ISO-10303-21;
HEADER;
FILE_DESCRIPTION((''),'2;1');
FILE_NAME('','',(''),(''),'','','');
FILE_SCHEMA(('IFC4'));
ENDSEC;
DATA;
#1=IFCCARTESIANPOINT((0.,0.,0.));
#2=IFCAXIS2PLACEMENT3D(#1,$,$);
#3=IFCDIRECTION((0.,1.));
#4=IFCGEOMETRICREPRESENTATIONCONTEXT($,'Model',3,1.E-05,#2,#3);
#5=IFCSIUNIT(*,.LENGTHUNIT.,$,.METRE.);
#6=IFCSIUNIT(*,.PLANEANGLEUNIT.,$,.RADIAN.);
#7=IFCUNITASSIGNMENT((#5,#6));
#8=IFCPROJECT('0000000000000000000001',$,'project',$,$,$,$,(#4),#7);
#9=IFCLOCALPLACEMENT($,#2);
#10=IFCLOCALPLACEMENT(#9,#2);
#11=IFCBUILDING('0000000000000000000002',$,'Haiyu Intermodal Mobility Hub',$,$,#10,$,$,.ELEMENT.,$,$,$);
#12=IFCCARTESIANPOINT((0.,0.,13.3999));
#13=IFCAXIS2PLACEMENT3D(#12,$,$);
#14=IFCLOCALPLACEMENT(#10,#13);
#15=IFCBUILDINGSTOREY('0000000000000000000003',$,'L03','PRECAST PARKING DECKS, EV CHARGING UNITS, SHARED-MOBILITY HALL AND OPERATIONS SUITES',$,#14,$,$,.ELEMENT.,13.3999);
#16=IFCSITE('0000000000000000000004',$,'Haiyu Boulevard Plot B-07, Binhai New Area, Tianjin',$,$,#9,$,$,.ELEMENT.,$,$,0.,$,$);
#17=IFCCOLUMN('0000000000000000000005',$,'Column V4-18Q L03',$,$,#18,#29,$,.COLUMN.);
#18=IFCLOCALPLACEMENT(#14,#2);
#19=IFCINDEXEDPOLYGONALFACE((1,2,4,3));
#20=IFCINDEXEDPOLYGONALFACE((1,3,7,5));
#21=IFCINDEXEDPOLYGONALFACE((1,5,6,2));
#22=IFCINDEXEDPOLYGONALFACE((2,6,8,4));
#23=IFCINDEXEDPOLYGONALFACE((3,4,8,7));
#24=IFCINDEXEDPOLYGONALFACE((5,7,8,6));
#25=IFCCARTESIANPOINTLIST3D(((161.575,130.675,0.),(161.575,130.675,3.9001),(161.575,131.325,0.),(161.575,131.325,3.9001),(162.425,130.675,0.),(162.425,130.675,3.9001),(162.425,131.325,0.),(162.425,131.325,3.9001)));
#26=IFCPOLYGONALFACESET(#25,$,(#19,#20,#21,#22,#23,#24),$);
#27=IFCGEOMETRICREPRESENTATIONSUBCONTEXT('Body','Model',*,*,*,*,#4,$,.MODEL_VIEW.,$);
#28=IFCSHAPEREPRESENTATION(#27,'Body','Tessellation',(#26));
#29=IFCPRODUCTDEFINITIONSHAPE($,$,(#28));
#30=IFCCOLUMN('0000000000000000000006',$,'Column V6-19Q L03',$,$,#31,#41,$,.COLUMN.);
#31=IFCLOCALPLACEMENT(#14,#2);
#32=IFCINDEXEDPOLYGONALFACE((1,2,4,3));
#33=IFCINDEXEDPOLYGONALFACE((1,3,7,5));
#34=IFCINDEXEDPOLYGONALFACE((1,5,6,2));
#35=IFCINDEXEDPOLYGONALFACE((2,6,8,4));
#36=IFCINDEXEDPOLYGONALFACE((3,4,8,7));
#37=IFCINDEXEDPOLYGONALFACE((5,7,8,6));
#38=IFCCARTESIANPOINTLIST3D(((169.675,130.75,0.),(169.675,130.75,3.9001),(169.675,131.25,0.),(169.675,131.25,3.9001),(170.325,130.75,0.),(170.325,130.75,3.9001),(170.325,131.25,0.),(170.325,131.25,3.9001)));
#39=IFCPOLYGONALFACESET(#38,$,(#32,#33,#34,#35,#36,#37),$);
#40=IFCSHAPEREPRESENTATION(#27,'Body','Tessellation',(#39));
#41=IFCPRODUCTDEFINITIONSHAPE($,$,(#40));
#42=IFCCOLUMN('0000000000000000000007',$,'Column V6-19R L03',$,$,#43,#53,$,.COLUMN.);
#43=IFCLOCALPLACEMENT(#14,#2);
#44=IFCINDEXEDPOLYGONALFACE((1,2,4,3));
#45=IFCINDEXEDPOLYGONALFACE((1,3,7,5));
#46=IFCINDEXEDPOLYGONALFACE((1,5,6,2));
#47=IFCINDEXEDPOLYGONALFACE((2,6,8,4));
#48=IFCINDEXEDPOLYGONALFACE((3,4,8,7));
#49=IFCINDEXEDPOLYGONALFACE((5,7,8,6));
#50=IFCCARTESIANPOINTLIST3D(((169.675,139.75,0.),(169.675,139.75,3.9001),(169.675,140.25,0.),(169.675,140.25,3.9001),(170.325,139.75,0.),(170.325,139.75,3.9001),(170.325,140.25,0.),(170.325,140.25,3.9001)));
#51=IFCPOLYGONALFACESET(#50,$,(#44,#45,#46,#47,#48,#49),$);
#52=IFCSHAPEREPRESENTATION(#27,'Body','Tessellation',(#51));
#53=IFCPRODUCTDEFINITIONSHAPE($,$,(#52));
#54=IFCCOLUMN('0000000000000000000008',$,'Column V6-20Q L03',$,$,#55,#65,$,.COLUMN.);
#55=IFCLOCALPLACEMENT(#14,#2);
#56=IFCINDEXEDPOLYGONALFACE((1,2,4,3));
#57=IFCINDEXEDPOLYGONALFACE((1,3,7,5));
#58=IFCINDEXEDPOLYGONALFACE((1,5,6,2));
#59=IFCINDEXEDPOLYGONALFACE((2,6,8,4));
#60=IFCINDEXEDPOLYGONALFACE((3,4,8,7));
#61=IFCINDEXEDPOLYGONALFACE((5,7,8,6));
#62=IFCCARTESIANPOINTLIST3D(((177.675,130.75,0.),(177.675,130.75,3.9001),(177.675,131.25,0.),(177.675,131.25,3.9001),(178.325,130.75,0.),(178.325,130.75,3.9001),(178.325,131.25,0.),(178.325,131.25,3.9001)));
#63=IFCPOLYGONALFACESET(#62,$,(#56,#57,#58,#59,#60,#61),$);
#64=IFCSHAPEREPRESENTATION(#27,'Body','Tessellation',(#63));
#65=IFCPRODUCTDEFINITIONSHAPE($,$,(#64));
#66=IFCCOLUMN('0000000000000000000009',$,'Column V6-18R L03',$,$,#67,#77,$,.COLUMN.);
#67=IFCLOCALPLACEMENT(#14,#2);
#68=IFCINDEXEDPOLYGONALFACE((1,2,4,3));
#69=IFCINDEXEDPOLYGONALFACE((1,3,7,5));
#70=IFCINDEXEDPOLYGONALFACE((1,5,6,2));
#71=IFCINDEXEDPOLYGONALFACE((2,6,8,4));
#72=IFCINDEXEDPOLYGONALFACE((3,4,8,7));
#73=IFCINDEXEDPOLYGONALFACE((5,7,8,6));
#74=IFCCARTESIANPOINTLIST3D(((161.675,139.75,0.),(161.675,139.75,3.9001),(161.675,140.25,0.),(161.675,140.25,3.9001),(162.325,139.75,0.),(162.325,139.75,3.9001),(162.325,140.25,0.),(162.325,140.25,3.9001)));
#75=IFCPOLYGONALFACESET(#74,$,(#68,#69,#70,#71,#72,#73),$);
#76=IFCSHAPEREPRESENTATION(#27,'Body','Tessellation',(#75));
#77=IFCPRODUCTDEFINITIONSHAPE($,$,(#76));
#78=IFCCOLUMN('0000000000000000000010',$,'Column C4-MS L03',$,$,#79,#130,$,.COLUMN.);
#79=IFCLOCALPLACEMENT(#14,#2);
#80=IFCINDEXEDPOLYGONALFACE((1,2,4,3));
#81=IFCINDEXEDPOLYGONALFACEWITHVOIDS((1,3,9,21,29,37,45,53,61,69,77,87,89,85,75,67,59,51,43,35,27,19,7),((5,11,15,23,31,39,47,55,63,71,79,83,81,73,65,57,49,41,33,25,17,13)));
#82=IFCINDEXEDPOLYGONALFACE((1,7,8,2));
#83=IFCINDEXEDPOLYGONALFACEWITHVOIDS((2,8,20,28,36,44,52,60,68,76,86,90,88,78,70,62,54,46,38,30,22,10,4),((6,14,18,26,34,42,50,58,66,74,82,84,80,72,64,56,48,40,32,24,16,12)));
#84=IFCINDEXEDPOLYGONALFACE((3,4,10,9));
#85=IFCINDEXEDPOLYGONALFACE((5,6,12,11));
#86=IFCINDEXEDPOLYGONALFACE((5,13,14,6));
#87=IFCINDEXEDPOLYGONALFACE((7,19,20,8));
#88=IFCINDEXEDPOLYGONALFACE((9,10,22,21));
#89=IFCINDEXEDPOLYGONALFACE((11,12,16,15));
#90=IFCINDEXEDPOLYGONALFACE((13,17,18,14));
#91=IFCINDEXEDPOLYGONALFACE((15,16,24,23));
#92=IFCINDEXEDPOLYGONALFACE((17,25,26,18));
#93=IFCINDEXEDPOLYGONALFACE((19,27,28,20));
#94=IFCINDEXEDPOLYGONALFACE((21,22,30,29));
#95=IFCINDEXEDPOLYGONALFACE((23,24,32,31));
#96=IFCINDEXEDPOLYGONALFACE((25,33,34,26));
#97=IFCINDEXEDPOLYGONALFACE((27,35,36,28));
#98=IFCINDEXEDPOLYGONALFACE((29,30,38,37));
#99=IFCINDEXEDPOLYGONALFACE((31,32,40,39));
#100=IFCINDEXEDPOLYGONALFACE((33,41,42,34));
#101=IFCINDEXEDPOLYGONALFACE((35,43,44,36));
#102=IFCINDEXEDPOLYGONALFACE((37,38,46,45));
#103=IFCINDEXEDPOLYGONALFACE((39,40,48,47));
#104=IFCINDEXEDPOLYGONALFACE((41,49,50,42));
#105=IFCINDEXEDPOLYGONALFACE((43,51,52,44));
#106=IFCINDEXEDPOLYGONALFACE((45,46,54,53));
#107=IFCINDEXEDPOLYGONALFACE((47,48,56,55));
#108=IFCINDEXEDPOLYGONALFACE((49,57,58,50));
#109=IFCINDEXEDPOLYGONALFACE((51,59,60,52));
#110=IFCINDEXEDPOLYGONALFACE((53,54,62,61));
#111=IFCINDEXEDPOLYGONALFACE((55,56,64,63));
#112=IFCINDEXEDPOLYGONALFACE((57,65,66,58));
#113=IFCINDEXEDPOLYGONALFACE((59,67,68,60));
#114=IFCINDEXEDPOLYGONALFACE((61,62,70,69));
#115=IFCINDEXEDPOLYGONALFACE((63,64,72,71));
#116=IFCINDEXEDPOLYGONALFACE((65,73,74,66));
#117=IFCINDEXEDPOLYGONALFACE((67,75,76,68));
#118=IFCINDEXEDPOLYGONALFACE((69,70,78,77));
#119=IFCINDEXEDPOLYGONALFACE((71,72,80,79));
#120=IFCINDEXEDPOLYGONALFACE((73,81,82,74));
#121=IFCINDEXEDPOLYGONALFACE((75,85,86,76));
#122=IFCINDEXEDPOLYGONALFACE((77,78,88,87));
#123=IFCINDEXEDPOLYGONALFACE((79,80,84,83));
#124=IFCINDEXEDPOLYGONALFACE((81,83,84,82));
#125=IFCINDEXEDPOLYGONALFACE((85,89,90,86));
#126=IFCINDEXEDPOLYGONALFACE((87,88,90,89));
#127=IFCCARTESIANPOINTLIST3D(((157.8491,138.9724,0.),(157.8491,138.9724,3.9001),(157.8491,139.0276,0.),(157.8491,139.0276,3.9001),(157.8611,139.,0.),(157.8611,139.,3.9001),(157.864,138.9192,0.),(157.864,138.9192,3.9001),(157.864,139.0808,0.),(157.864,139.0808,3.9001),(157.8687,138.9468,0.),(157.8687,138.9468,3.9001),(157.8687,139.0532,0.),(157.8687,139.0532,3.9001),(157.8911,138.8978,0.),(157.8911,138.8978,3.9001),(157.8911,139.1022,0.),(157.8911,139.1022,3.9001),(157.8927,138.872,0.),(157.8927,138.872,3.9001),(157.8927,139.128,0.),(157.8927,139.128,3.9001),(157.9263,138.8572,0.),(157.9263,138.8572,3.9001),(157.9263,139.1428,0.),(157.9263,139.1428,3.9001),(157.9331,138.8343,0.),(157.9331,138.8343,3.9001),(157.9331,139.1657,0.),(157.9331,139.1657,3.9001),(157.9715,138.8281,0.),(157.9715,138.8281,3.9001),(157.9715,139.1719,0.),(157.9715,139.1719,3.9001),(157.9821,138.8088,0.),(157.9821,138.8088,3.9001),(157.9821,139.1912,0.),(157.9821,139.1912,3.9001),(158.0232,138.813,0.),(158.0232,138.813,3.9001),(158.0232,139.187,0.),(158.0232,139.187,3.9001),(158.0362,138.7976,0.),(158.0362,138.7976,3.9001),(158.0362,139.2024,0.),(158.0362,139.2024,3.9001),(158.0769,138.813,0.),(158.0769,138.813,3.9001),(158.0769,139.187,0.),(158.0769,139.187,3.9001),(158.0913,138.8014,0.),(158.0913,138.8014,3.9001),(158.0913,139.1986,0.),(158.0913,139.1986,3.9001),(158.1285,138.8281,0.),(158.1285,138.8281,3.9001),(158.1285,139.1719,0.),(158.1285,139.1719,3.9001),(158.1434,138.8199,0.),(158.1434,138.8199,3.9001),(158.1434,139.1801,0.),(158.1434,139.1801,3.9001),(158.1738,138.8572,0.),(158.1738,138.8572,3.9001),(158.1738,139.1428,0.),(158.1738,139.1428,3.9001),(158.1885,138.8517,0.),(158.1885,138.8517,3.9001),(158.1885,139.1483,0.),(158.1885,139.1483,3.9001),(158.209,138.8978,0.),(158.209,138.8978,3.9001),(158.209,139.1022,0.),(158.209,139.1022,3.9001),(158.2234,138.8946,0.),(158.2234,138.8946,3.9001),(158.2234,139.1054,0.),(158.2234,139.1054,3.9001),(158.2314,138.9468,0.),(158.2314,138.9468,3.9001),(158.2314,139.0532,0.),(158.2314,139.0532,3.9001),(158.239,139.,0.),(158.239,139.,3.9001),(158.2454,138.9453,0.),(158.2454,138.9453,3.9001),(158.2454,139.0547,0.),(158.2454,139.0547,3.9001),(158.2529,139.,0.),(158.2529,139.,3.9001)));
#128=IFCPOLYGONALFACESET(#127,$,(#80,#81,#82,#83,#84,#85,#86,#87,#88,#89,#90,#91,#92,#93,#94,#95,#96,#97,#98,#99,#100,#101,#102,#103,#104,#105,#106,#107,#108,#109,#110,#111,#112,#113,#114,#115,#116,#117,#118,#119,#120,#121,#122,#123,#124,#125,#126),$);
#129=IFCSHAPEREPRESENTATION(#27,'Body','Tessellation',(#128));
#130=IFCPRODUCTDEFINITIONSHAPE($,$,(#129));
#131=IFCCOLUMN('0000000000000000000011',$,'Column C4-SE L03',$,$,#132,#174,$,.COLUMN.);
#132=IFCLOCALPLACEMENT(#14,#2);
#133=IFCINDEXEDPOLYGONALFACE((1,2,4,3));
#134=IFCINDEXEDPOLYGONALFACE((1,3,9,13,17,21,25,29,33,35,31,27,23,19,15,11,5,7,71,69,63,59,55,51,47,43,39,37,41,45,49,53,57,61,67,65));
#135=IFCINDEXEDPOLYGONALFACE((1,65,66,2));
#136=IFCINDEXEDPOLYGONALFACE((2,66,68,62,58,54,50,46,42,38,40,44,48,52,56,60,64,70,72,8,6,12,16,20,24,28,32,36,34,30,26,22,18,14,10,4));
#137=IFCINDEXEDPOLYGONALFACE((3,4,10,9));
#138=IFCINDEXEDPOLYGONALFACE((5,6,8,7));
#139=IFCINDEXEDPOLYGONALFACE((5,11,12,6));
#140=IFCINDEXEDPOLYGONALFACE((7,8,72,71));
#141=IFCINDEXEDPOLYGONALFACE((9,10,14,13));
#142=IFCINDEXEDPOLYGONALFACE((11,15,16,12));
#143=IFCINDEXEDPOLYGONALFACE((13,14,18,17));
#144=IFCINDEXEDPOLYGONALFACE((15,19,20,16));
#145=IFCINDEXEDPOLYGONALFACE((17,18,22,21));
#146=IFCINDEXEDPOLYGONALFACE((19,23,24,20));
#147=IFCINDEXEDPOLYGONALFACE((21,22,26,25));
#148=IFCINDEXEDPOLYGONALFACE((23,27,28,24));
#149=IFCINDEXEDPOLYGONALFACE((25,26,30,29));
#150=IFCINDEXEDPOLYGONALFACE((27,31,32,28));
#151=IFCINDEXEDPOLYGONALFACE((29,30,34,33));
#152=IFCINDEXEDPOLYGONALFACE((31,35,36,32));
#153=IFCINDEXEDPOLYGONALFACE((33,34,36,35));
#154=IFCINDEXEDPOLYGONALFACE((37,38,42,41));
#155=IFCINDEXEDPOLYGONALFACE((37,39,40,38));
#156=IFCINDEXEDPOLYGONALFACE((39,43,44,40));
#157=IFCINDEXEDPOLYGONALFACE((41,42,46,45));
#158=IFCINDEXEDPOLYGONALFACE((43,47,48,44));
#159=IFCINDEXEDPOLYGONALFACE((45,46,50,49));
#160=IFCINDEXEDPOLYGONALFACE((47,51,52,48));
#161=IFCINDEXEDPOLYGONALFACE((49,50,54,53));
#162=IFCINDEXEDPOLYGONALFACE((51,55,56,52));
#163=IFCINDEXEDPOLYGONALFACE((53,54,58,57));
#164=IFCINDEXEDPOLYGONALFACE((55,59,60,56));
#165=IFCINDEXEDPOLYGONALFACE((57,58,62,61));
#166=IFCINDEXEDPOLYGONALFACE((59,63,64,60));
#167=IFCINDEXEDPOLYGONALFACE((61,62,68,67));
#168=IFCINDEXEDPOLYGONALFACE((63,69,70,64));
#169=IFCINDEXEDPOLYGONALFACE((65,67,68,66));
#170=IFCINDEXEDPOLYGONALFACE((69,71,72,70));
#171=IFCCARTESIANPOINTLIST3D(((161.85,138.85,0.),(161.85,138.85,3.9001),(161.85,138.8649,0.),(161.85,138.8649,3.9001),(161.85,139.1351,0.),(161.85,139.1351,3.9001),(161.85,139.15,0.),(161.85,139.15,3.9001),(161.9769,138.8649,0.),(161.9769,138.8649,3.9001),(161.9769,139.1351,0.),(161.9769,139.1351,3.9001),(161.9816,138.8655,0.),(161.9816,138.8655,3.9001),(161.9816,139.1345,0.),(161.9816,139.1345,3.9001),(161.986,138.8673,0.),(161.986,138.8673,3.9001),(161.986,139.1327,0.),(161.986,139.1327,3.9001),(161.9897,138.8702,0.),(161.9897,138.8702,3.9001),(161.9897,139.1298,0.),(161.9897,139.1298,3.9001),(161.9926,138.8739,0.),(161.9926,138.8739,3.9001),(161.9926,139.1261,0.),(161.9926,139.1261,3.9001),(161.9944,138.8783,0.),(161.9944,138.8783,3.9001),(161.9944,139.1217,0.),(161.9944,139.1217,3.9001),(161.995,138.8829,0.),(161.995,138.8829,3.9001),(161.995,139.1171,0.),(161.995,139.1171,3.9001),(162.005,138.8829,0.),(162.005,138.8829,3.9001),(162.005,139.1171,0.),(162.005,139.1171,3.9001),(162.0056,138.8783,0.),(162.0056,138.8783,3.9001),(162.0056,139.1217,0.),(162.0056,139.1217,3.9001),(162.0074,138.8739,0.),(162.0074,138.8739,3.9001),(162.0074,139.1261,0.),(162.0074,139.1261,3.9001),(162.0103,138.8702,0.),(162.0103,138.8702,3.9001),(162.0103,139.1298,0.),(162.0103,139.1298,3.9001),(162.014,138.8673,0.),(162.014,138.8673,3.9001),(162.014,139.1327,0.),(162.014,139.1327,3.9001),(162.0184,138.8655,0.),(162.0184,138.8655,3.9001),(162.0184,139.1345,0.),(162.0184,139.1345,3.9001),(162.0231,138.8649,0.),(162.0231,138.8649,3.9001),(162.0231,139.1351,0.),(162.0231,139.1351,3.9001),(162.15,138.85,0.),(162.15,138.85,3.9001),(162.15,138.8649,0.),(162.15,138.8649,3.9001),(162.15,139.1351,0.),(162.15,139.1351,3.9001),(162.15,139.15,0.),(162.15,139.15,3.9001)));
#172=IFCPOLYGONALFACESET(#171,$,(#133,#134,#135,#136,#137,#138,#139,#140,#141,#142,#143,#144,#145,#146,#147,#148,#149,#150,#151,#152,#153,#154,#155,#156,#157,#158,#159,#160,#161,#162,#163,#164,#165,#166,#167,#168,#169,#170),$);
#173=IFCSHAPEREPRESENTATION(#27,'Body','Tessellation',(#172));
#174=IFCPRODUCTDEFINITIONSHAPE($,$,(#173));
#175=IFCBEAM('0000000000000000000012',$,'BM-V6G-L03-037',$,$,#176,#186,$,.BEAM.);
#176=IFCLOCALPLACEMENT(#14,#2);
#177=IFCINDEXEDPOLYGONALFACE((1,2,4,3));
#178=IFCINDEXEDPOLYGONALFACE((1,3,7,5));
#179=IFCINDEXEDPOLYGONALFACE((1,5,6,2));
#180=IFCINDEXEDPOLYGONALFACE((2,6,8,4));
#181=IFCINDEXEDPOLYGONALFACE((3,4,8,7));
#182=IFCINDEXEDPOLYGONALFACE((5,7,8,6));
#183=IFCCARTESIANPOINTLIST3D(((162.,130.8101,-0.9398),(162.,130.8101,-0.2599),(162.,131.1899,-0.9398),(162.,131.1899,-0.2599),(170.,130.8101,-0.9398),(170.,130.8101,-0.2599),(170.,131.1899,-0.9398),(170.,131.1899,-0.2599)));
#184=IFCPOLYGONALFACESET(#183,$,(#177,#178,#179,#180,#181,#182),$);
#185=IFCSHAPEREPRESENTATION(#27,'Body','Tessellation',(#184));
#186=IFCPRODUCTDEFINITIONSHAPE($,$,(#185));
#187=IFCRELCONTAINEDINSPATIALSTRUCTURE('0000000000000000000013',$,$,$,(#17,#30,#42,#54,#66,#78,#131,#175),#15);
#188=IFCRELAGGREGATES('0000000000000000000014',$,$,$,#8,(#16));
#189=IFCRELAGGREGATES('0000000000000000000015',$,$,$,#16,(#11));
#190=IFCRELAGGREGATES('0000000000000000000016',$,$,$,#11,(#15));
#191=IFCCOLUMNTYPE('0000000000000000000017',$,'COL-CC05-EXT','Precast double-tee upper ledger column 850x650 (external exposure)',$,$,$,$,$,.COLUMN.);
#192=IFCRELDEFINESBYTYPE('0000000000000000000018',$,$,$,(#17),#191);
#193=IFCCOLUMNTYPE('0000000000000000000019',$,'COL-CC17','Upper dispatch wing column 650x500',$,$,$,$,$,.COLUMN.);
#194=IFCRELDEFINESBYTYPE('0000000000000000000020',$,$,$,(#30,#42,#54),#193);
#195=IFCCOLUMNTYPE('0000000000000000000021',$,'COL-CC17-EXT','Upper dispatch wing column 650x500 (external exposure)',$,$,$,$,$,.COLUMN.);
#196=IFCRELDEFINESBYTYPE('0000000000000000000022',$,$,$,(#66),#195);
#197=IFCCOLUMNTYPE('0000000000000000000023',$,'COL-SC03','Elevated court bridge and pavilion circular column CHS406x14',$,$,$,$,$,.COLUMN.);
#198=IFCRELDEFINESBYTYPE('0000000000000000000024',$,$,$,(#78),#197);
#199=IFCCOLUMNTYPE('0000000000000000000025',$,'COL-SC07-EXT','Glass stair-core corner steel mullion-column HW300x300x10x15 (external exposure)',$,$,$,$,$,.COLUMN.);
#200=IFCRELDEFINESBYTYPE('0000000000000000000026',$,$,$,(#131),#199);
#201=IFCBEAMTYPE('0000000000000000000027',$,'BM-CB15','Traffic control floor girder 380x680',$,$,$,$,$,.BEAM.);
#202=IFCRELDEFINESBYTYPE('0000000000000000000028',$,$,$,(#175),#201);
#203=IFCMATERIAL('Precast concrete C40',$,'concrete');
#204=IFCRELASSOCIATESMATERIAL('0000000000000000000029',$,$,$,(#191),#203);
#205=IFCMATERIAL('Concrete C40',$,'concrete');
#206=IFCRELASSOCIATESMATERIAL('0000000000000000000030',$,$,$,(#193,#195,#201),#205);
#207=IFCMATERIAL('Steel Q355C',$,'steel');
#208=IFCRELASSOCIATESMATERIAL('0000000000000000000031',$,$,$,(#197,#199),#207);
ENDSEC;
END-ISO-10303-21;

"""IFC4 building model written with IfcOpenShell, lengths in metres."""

from ifc_helpers import new_model, si_unit, direction, frame, origin, origin_2d, place, context, subcontext, project, spatial, rectangle, hollow_circle, i_section, extrude, material, material_profile, profile_set, type_object, element, save


model = new_model("IFC4")

# Units and contexts
model_context = context("Model", 3, precision=1e-05, world=origin(), true_north=direction((0.0, 1.0)))
body_context = subcontext(model_context, "Body", "Model", "MODEL_VIEW")
ifc_project = project(units=[si_unit("LENGTHUNIT", "METRE"), si_unit("PLANEANGLEUNIT", "RADIAN")], contexts=[model_context])

# Site, building, storey
site_placement = place(None, origin())
site = spatial("IfcSite", under=ifc_project, at=site_placement, Name="Haiyu Boulevard Plot B-07, Binhai New Area, Tianjin", CompositionType="ELEMENT", RefElevation=0.0)
building_placement = place(site_placement, origin())
building = spatial("IfcBuilding", under=site, at=building_placement, Name="Haiyu Intermodal Mobility Hub", CompositionType="ELEMENT")
storey_placement = place(building_placement, frame((0.0, 0.0, 13.3999)))
storey = spatial("IfcBuildingStorey", under=building, at=storey_placement, Name="L03", Description="PRECAST PARKING DECKS, EV CHARGING UNITS, SHARED-MOBILITY HALL AND OPERATIONS SUITES", CompositionType="ELEMENT", Elevation=13.3999)

# Columns
ifc_material_1 = material(Name="Precast concrete C40", Category="concrete")
ifc_material_profile_1 = material_profile(ifc_material_1, rectangle(XDim=0.8501, YDim=0.6499, at=origin_2d()), Name="RC850x650")
ifc_profile_set_1 = profile_set([ifc_material_profile_1], Name="Precast concrete C40")
column_type_1 = type_object("IfcColumnType", Name="COL-CC05-EXT", Description="Precast double-tee upper ledger column 850x650 (external exposure)", PredefinedType="COLUMN", material=ifc_profile_set_1)
column_1_placement = place(storey_placement, frame((162.0, 131.0, 0.0), z_axis=(0.0, 0.0, 1.0), x_axis=(1.0, 0.0, 0.0)))
element("IfcColumn", 1, at=column_1_placement, inside=storey, type_object=column_type_1, Name="Column V4-18Q L03", PredefinedType="COLUMN", context=body_context, shape_type="SweptSolid", body=[
    extrude(rectangle(XDim=0.8501, YDim=0.6499, at=origin_2d()), origin(), (0.0, 0.0, 1.0), 3.9001),
])
ifc_material_2 = material(Name="Concrete C40", Category="concrete")
ifc_material_profile_2 = material_profile(ifc_material_2, rectangle(XDim=0.6499, YDim=0.5, at=origin_2d()), Name="C650x500")
ifc_profile_set_2 = profile_set([ifc_material_profile_2], Name="Concrete C40")
column_type_2 = type_object("IfcColumnType", Name="COL-CC17", Description="Upper dispatch wing column 650x500", PredefinedType="COLUMN", material=ifc_profile_set_2)
for number, where, z_axis, x_axis, name in (
    (2, (170.0, 131.0, 0.0), (0.0, 0.0, 1.0), (1.0, 0.0, 0.0), "Column V6-19Q L03"),
    (3, (170.0, 140.0, 0.0), (0.0, 0.0, 1.0), (1.0, 0.0, 0.0), "Column V6-19R L03"),
    (4, (178.0, 131.0, 0.0), (0.0, 0.0, 1.0), (1.0, 0.0, 0.0), "Column V6-20Q L03"),
):
    element("IfcColumn", number, at=place(storey_placement, frame(where, z_axis=z_axis, x_axis=x_axis)), inside=storey, type_object=column_type_2, Name=name, PredefinedType="COLUMN", context=body_context, shape_type="SweptSolid", body=[
        extrude(rectangle(XDim=0.6499, YDim=0.5, at=origin_2d()), origin(), (0.0, 0.0, 1.0), 3.9001),
    ])
ifc_material_profile_3 = material_profile(ifc_material_2, rectangle(XDim=0.6499, YDim=0.5, at=origin_2d()), Name="C650x500")
ifc_profile_set_3 = profile_set([ifc_material_profile_3], Name="Concrete C40")
column_type_3 = type_object("IfcColumnType", Name="COL-CC17-EXT", Description="Upper dispatch wing column 650x500 (external exposure)", PredefinedType="COLUMN", material=ifc_profile_set_3)
column_2_placement = place(storey_placement, frame((162.0, 140.0, 0.0), z_axis=(0.0, 0.0, 1.0), x_axis=(1.0, 0.0, 0.0)))
element("IfcColumn", 5, at=column_2_placement, inside=storey, type_object=column_type_3, Name="Column V6-18R L03", PredefinedType="COLUMN", context=body_context, shape_type="SweptSolid", body=[
    extrude(rectangle(XDim=0.6499, YDim=0.5, at=origin_2d()), origin(), (0.0, 0.0, 1.0), 3.9001),
])
ifc_material_3 = material(Name="Steel Q355C", Category="steel")
ifc_material_profile_4 = material_profile(ifc_material_3, hollow_circle(Radius=0.2029, WallThickness=0.0139, at=origin_2d()), Name="CHS406x14")
ifc_profile_set_4 = profile_set([ifc_material_profile_4], Name="Steel Q355C")
column_type_4 = type_object("IfcColumnType", Name="COL-SC03", Description="Elevated court bridge and pavilion circular column CHS406x14", PredefinedType="COLUMN", material=ifc_profile_set_4)
column_3_placement = place(storey_placement, frame((158.05, 139.0, 0.0), z_axis=(0.0, 0.0, 1.0), x_axis=(1.0, 0.0, 0.0)))
element("IfcColumn", 6, at=column_3_placement, inside=storey, type_object=column_type_4, Name="Column C4-MS L03", PredefinedType="COLUMN", context=body_context, shape_type="SweptSolid", body=[
    extrude(hollow_circle(Radius=0.2029, WallThickness=0.0139, at=origin_2d()), origin(), (0.0, 0.0, 1.0), 3.9001),
])
ifc_material_profile_5 = material_profile(ifc_material_3, i_section(OverallWidth=0.3, OverallDepth=0.3, WebThickness=0.01, FlangeThickness=0.0149, FilletRadius=0.0181, at=origin_2d()), Name="HW300x300x10x15")
ifc_profile_set_5 = profile_set([ifc_material_profile_5], Name="Steel Q355C")
column_type_5 = type_object("IfcColumnType", Name="COL-SC07-EXT", Description="Glass stair-core corner steel mullion-column HW300x300x10x15 (external exposure)", PredefinedType="COLUMN", material=ifc_profile_set_5)
column_4_placement = place(storey_placement, frame((162.0, 139.0, 0.0), z_axis=(0.0, 0.0, 1.0), x_axis=(1.0, 0.0, 0.0)))
element("IfcColumn", 7, at=column_4_placement, inside=storey, type_object=column_type_5, Name="Column C4-SE L03", PredefinedType="COLUMN", context=body_context, shape_type="SweptSolid", body=[
    extrude(i_section(OverallWidth=0.3, OverallDepth=0.3, WebThickness=0.01, FlangeThickness=0.0149, FilletRadius=0.0181, at=origin_2d()), origin(), (0.0, 0.0, 1.0), 3.9001),
])

# Beam
ifc_material_profile_6 = material_profile(ifc_material_2, rectangle(XDim=0.3799, YDim=0.6799, at=origin_2d()), Name="B380x680")
ifc_profile_set_6 = profile_set([ifc_material_profile_6], Name="Concrete C40")
beam_type_1 = type_object("IfcBeamType", Name="BM-CB15", Description="Traffic control floor girder 380x680", PredefinedType="BEAM", material=ifc_profile_set_6)
for number, where, z_axis, x_axis, name in (
    (8, (162.0, 131.0, -0.5999), (1.0, 0.0, 0.0), (0.0, 1.0, 0.0), "BM-V6G-L03-037"),
):
    element("IfcBeam", number, at=place(storey_placement, frame(where, z_axis=z_axis, x_axis=x_axis)), inside=storey, type_object=beam_type_1, Name=name, PredefinedType="BEAM", context=body_context, shape_type="SweptSolid", body=[
        extrude(rectangle(XDim=0.3799, YDim=0.6799, at=origin_2d()), origin(), (0.0, 0.0, 1.0), 8.0),
    ])

save(model, "model.ifc")
